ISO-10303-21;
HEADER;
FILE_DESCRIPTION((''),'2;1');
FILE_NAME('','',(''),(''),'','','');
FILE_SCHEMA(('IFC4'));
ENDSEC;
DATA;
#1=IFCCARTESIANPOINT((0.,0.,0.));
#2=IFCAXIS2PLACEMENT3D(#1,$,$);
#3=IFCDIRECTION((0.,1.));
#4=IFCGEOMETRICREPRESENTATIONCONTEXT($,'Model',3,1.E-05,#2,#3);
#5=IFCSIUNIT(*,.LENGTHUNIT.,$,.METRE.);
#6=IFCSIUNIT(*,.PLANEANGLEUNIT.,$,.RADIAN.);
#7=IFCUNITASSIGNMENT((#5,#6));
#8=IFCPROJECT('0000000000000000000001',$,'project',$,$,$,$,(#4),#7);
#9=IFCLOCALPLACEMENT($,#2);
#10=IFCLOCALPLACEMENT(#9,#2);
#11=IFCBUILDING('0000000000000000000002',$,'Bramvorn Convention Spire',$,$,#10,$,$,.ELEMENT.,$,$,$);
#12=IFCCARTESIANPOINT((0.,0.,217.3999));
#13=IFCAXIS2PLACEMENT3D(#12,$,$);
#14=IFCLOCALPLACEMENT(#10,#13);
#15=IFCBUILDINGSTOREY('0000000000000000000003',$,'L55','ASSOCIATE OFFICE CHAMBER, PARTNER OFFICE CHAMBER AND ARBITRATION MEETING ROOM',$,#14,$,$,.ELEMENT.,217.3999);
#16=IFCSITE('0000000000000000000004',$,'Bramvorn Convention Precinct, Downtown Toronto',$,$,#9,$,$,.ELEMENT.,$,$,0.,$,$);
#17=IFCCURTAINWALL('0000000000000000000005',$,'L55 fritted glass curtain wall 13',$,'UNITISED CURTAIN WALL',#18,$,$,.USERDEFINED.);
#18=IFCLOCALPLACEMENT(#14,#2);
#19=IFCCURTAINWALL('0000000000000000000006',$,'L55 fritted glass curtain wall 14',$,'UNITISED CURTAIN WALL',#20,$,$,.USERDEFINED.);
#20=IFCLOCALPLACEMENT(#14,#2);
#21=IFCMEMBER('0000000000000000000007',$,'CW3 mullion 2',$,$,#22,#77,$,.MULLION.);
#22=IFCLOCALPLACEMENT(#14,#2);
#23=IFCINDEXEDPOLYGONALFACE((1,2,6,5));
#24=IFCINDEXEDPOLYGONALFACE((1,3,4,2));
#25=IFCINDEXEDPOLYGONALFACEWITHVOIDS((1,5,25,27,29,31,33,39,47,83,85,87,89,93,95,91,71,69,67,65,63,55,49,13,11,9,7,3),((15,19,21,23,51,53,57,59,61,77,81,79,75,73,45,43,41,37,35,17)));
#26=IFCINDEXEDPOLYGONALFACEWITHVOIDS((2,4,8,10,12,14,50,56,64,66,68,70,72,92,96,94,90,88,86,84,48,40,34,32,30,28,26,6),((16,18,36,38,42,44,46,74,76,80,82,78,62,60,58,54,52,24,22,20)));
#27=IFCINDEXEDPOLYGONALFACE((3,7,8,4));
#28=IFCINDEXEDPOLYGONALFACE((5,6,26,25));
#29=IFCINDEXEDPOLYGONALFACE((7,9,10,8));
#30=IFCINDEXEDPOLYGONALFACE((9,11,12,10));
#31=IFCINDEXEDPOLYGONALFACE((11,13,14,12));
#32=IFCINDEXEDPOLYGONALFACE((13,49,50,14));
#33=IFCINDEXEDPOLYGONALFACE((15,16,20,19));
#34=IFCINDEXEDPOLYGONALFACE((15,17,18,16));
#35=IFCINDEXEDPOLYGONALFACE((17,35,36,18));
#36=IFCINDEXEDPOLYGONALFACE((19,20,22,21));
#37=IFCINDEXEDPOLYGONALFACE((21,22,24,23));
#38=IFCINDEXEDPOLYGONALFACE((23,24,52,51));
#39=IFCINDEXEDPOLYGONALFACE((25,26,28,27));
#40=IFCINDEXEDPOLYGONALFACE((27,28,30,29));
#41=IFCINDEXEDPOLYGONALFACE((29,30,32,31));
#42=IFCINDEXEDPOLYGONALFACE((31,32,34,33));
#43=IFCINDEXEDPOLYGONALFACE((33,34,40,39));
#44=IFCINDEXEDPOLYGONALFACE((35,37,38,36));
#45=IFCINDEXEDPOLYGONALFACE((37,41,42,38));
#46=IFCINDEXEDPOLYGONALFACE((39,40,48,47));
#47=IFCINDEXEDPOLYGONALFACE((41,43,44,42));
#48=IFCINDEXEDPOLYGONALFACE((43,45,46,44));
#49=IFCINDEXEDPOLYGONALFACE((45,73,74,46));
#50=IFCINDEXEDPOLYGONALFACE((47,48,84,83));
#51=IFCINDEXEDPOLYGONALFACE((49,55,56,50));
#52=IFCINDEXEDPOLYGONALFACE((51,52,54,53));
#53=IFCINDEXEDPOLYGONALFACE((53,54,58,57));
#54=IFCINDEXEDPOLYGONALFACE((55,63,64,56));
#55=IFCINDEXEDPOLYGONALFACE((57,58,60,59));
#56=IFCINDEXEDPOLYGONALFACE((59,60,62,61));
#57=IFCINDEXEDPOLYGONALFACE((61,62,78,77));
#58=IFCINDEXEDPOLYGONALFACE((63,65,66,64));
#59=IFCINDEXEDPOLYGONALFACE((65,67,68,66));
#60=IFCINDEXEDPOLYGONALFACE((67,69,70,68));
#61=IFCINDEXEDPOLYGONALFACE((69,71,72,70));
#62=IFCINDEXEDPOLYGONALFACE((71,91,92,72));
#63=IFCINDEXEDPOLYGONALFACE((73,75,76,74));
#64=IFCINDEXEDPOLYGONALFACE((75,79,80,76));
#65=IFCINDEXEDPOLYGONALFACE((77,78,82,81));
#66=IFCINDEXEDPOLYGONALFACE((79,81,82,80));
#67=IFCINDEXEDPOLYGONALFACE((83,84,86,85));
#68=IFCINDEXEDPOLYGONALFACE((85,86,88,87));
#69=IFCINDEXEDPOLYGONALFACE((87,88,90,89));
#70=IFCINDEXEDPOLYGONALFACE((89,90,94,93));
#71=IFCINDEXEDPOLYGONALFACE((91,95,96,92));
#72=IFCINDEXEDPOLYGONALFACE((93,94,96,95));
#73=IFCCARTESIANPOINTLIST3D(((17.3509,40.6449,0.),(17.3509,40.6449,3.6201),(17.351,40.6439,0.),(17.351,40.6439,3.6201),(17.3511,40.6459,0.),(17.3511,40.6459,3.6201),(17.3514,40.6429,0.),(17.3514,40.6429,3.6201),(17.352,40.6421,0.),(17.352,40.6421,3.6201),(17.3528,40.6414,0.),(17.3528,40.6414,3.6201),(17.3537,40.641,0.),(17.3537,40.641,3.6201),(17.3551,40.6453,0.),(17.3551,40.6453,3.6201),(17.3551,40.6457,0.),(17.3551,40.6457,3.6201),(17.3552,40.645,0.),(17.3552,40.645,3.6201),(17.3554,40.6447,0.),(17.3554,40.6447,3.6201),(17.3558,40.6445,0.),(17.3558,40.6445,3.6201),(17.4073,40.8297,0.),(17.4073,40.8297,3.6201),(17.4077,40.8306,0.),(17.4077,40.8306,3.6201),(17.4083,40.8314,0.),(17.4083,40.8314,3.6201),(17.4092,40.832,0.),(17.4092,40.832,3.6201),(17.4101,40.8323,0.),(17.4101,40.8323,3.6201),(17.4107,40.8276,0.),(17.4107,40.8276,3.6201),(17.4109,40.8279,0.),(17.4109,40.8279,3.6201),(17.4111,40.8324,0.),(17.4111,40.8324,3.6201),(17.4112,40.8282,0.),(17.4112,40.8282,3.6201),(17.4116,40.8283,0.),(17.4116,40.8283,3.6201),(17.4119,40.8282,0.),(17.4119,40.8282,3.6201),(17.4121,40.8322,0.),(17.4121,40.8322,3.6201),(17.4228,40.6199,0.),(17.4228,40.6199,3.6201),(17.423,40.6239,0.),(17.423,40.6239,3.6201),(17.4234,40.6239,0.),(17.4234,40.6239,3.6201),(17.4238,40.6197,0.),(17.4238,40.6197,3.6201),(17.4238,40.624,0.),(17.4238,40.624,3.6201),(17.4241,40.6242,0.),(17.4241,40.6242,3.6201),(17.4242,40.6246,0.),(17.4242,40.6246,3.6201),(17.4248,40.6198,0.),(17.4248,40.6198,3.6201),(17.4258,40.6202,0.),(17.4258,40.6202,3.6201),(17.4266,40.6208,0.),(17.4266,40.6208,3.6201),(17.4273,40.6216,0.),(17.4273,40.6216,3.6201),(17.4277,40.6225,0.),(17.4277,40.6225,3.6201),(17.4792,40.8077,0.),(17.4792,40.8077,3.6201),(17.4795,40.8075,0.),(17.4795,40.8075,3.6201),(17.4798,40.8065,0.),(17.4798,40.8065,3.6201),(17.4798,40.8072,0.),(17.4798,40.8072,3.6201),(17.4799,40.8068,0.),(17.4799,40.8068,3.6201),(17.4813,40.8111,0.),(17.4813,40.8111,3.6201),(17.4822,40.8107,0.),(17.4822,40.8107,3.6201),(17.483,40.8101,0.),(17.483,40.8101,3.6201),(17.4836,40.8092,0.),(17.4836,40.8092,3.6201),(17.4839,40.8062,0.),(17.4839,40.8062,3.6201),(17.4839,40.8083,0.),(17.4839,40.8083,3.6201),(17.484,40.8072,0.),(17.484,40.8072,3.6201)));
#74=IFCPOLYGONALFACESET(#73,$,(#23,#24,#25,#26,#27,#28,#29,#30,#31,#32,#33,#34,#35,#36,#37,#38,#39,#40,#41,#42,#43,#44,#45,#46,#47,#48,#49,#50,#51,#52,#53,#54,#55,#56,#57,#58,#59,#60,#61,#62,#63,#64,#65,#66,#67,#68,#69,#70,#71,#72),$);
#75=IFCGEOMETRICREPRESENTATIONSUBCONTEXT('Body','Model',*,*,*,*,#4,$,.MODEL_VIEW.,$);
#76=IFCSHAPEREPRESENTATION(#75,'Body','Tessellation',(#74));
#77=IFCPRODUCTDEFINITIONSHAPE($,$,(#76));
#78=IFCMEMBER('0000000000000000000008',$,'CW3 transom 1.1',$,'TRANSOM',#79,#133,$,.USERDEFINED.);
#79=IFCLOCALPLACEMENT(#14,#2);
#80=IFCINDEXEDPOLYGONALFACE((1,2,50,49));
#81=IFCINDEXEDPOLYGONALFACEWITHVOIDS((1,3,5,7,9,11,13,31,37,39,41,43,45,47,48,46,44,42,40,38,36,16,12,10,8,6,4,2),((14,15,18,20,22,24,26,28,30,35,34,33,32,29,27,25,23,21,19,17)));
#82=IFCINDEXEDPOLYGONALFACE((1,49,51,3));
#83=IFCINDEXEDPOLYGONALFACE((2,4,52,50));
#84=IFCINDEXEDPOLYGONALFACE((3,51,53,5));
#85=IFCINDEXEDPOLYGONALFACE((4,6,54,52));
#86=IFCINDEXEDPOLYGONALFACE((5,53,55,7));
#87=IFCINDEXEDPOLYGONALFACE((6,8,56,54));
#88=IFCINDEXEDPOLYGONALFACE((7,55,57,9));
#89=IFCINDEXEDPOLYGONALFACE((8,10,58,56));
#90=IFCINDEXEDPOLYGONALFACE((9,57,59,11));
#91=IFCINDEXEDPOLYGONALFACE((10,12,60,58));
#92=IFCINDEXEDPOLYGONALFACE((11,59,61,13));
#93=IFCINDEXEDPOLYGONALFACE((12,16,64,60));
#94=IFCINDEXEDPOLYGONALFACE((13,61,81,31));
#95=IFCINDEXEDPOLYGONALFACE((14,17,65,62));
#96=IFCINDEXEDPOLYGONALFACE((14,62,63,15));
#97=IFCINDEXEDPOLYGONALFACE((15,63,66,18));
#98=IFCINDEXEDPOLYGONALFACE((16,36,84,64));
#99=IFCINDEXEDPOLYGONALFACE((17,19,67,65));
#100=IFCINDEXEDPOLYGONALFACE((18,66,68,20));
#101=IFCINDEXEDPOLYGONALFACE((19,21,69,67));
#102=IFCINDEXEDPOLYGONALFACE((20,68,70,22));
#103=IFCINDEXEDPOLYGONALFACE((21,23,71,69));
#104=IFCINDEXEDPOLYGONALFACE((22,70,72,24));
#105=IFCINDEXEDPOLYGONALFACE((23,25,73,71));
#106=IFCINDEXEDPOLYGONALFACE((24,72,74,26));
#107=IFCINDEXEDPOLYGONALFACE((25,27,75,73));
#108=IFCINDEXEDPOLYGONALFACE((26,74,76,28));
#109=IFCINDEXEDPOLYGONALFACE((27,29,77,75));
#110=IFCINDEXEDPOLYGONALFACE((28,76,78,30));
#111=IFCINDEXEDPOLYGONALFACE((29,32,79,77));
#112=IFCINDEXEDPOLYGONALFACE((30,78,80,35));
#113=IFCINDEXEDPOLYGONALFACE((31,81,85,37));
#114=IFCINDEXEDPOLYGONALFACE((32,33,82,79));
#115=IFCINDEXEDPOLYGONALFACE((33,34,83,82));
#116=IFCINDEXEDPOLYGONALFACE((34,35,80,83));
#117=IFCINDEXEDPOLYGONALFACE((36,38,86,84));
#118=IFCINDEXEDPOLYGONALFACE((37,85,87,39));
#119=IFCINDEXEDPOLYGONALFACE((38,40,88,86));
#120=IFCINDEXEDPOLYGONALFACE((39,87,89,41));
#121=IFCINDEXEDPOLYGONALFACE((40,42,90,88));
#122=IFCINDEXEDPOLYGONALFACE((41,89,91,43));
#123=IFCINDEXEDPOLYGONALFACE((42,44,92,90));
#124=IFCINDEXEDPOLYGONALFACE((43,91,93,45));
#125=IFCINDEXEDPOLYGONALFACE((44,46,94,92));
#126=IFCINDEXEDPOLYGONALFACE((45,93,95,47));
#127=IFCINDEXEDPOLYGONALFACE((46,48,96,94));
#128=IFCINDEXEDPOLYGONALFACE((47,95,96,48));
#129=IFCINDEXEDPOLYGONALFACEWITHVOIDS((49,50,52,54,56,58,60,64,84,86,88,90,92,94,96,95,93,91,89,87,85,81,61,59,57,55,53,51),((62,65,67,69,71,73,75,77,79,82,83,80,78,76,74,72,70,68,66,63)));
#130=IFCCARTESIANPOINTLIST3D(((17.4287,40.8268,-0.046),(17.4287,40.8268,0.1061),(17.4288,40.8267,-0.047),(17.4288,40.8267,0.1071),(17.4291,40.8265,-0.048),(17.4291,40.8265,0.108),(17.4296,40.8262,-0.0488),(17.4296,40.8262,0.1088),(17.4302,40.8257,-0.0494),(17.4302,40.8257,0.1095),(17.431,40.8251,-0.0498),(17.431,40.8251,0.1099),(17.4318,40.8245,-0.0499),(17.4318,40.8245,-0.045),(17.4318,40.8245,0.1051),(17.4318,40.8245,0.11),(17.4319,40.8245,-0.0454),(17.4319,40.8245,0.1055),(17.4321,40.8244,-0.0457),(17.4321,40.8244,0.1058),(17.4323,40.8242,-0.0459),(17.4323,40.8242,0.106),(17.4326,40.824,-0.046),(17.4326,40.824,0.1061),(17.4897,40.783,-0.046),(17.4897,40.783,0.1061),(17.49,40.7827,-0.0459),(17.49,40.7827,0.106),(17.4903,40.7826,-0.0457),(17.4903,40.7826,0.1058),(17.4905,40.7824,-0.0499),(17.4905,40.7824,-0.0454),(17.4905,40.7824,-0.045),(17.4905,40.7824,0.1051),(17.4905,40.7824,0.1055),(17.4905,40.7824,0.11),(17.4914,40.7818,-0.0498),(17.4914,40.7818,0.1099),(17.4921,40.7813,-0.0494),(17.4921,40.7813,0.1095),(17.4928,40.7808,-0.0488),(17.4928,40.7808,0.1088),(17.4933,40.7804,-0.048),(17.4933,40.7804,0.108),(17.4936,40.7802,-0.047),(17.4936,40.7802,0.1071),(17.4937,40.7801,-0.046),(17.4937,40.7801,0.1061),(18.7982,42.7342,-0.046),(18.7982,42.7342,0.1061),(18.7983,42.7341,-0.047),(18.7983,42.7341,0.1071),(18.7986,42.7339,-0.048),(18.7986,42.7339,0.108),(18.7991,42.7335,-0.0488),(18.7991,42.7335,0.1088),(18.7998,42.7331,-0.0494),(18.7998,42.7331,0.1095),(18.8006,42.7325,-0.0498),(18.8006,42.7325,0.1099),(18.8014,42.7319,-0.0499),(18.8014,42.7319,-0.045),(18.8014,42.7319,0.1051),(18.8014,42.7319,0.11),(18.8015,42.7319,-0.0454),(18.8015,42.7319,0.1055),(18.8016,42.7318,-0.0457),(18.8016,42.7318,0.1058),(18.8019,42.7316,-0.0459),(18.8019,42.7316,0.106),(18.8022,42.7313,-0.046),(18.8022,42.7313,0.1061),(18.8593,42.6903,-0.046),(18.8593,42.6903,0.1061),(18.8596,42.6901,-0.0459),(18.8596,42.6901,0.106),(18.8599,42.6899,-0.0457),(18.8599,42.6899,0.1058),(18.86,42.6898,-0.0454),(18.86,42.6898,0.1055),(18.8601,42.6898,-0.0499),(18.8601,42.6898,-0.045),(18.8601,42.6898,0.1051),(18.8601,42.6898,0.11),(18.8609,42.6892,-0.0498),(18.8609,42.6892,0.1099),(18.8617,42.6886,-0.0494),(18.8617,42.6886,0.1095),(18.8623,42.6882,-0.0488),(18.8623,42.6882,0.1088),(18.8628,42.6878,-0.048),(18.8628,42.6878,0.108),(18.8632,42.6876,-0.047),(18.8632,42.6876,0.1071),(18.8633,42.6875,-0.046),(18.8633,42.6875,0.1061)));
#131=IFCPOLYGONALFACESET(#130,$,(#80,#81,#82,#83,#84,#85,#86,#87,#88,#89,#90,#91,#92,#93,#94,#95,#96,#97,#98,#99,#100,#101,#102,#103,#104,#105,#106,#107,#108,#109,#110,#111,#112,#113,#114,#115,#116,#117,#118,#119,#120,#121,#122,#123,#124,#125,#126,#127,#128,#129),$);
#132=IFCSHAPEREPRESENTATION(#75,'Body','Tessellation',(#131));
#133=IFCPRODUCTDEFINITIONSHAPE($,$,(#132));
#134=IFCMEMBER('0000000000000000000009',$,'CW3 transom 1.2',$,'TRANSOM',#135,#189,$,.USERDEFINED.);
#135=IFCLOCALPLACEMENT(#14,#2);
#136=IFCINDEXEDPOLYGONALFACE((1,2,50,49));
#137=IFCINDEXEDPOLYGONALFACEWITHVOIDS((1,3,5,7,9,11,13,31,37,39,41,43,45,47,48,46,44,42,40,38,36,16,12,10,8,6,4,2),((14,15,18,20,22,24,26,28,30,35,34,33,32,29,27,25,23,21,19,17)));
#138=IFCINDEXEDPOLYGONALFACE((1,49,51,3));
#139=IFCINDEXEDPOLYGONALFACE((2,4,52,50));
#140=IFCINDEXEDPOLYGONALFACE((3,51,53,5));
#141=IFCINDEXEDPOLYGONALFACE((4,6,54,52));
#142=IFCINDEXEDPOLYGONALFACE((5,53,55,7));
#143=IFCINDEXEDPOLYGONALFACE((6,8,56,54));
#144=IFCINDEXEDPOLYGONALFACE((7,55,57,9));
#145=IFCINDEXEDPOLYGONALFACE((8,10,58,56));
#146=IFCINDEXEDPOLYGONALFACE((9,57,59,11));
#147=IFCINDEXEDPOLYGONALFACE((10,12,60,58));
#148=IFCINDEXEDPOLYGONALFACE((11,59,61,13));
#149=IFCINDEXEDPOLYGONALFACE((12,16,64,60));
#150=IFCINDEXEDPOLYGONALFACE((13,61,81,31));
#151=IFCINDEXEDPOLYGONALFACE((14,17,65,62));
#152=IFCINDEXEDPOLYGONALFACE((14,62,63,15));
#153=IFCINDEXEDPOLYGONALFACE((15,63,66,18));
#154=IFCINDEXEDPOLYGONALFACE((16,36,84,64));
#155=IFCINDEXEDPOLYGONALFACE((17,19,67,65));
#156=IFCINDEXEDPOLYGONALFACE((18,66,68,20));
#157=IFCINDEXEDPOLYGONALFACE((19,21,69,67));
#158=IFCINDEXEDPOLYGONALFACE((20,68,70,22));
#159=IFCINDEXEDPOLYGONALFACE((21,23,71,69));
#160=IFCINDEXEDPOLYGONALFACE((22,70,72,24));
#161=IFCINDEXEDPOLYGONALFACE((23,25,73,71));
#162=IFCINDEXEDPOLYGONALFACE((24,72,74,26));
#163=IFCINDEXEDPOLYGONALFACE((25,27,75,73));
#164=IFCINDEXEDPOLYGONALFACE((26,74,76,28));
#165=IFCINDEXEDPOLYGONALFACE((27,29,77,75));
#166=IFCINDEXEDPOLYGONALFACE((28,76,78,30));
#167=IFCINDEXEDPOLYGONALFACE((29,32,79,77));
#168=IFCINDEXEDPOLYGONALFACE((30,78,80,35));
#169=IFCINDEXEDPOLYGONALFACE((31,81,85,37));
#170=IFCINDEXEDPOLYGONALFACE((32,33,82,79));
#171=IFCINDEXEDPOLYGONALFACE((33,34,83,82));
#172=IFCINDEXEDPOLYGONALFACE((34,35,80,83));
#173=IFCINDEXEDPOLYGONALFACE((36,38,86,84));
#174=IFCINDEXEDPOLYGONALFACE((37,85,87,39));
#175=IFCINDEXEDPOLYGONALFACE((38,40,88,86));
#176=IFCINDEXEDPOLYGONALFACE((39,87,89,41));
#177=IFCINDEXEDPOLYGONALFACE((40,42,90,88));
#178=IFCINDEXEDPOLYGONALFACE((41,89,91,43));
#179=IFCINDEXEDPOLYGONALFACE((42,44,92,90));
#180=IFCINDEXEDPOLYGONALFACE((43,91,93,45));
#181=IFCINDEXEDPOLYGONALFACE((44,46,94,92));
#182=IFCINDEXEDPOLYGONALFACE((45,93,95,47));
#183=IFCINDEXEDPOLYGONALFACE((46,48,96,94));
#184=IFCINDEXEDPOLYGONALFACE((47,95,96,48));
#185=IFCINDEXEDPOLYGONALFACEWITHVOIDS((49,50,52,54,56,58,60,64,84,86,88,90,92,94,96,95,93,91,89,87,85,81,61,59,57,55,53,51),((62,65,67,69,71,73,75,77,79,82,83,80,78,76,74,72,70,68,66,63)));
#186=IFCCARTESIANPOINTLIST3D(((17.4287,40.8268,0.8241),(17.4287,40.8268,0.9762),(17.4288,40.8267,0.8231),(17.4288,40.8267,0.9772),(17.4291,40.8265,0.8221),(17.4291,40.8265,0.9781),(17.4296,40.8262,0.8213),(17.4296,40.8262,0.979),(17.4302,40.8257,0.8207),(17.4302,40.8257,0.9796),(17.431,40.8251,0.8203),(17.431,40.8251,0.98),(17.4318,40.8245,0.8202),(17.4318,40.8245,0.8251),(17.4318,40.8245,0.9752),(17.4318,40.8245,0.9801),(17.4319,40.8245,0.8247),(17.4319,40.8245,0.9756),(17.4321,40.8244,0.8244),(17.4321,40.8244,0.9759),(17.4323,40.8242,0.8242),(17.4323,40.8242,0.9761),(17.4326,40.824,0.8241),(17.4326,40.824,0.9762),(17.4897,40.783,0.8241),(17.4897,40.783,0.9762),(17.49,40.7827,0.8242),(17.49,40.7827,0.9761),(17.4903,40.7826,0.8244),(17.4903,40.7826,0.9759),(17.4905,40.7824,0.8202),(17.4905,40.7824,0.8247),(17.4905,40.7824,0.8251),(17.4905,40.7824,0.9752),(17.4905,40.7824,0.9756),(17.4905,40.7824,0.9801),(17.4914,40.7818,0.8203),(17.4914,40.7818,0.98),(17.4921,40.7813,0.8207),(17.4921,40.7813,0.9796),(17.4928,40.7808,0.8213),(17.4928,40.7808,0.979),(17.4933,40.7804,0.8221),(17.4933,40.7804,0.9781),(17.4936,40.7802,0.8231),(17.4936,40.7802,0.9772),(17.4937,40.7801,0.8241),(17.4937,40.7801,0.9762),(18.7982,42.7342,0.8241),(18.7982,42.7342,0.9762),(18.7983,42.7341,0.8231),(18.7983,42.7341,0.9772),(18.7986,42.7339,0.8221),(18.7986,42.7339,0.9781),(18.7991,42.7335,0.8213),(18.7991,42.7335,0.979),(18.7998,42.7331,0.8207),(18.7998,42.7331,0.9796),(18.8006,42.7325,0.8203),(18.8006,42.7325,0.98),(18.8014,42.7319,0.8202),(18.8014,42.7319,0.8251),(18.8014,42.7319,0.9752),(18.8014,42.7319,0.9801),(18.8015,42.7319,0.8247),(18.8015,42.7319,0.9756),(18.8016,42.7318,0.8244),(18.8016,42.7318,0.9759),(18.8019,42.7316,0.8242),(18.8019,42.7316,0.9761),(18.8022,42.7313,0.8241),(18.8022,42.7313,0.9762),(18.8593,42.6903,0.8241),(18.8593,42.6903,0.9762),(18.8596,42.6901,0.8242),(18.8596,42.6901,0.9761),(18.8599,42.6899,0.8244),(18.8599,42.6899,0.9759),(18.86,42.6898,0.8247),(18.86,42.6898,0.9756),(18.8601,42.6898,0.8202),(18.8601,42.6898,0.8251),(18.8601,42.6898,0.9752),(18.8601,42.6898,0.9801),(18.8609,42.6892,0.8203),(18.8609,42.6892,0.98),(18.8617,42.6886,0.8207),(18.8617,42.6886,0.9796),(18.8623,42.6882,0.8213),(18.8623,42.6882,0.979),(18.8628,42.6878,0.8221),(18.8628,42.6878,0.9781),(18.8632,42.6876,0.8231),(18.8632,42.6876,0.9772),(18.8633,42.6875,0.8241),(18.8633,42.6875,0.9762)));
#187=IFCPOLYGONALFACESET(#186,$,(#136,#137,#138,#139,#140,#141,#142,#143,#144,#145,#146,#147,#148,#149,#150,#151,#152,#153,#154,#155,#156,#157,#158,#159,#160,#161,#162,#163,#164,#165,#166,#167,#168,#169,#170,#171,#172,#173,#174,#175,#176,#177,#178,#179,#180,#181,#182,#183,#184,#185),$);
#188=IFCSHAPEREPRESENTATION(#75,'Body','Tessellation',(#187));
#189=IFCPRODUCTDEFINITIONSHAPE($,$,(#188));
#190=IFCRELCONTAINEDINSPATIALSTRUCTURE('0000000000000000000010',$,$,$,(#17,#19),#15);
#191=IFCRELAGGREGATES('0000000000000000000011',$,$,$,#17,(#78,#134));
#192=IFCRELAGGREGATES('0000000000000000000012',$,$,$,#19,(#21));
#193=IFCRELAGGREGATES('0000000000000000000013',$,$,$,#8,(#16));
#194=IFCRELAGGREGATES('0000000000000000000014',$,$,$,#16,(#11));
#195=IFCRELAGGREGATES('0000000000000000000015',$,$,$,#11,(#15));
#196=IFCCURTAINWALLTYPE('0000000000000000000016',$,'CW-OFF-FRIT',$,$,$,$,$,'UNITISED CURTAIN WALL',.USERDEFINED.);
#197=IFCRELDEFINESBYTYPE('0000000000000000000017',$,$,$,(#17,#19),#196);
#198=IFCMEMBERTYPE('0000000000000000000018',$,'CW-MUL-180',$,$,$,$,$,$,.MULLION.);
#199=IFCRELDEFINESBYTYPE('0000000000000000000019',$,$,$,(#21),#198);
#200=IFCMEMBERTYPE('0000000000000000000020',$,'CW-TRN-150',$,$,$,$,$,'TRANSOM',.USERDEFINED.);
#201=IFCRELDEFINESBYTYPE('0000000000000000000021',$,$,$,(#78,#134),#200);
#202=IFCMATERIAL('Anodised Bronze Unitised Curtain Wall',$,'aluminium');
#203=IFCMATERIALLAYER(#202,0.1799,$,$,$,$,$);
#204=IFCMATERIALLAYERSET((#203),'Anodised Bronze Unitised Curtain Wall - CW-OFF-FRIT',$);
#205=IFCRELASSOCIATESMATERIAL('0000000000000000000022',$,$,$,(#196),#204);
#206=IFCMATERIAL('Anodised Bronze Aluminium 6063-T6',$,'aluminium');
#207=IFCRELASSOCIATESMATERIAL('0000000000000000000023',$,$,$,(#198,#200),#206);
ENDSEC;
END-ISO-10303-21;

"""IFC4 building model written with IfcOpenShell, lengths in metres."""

from ifc_helpers import new_model, si_unit, direction, frame, origin, origin_2d, place, context, subcontext, project, spatial, hollow_rectangle, extrude, material, layer, layer_set, material_profile, profile_set, type_object, element, aggregate, save


model = new_model("IFC4")

# Units and contexts
model_context = context("Model", 3, precision=1e-05, world=origin(), true_north=direction((0.0, 1.0)))
body_context = subcontext(model_context, "Body", "Model", "MODEL_VIEW")
ifc_project = project(units=[si_unit("LENGTHUNIT", "METRE"), si_unit("PLANEANGLEUNIT", "RADIAN")], contexts=[model_context])

# Site, building, storey
site_placement = place(None, origin())
site = spatial("IfcSite", under=ifc_project, at=site_placement, Name="Bramvorn Convention Precinct, Downtown Toronto", CompositionType="ELEMENT", RefElevation=0.0)
building_placement = place(site_placement, origin())
building = spatial("IfcBuilding", under=site, at=building_placement, Name="Bramvorn Convention Spire", CompositionType="ELEMENT")
storey_placement = place(building_placement, frame((0.0, 0.0, 217.3999)))
storey = spatial("IfcBuildingStorey", under=building, at=storey_placement, Name="L55", Description="ASSOCIATE OFFICE CHAMBER, PARTNER OFFICE CHAMBER AND ARBITRATION MEETING ROOM", CompositionType="ELEMENT", Elevation=217.3999)

# Curtain wall
ifc_material_1 = material(Name="Anodised Bronze Unitised Curtain Wall", Category="aluminium")
ifc_layer_1 = layer(ifc_material_1, 0.1799)
ifc_layer_set_1 = layer_set([ifc_layer_1], Name="Anodised Bronze Unitised Curtain Wall - CW-OFF-FRIT")
curtain_wall_type = type_object("IfcCurtainWallType", Name="CW-OFF-FRIT", ElementType="UNITISED CURTAIN WALL", PredefinedType="USERDEFINED", material=ifc_layer_set_1)
curtain_wall_1_placement = place(storey_placement, origin())
curtain_wall_1 = element("IfcCurtainWall", 1, at=curtain_wall_1_placement, inside=storey, type_object=curtain_wall_type, Name="L55 fritted glass curtain wall 13", ObjectType="UNITISED CURTAIN WALL", PredefinedType="USERDEFINED")
ifc_material_2 = material(Name="Anodised Bronze Aluminium 6063-T6", Category="aluminium")
ifc_material_profile_1 = material_profile(ifc_material_2, hollow_rectangle(XDim=0.0801, YDim=0.2, WallThickness=0.0039, InnerFilletRadius=0.001, OuterFilletRadius=0.0039, at=origin_2d()))
ifc_profile_set_1 = profile_set([ifc_material_profile_1], Name="Anodised Bronze Aluminium 6063-T6 - CWM80X200")
member_type_1 = type_object("IfcMemberType", Name="CW-MUL-180", PredefinedType="MULLION", material=ifc_profile_set_1)

# Curtain wall, member
curtain_wall_2_placement = place(storey_placement, origin())
curtain_wall_2 = element("IfcCurtainWall", 2, at=curtain_wall_2_placement, inside=storey, type_object=curtain_wall_type, Name="L55 fritted glass curtain wall 14", ObjectType="UNITISED CURTAIN WALL", PredefinedType="USERDEFINED")
member_1_placement = place(storey_placement, frame((17.4175, 40.7261, 0.0), z_axis=(0.0, 0.0, 1.0), x_axis=(-0.956325, 0.292307, 0.0)))
member_1 = element("IfcMember", 3, at=member_1_placement, type_object=member_type_1, Name="CW3 mullion 2", PredefinedType="MULLION", context=body_context, shape_type="SweptSolid", body=[
    extrude(hollow_rectangle(XDim=0.0801, YDim=0.2, WallThickness=0.0039, InnerFilletRadius=0.001, OuterFilletRadius=0.0039, at=origin_2d()), origin(), (0.0, 0.0, 1.0), 3.6201),
])

# Members
ifc_material_profile_2 = material_profile(ifc_material_2, hollow_rectangle(XDim=0.0801, YDim=0.1599, WallThickness=0.0039, InnerFilletRadius=0.001, OuterFilletRadius=0.0039, at=origin_2d()))
ifc_profile_set_2 = profile_set([ifc_material_profile_2], Name="Anodised Bronze Aluminium 6063-T6 - CWT80X160")
member_type_2 = type_object("IfcMemberType", Name="CW-TRN-150", ElementType="TRANSOM", PredefinedType="USERDEFINED", material=ifc_profile_set_2)
member_2_placement = place(storey_placement, frame((17.4612, 40.8035, 0.03), z_axis=(0.583253, 0.812291, 0.0), x_axis=(-0.812291, 0.583253, 0.0)))
member_2 = element("IfcMember", 4, at=member_2_placement, type_object=member_type_2, Name="CW3 transom 1.1", ObjectType="TRANSOM", PredefinedType="USERDEFINED", context=body_context, shape_type="SweptSolid", body=[
    extrude(hollow_rectangle(XDim=0.0801, YDim=0.1599, WallThickness=0.0039, InnerFilletRadius=0.001, OuterFilletRadius=0.0039, at=origin_2d()), origin(), (0.0, 0.0, 1.0), 2.3481),
])
member_3_placement = place(storey_placement, frame((17.4612, 40.8035, 0.9001), z_axis=(0.583253, 0.812291, 0.0), x_axis=(-0.812291, 0.583253, 0.0)))
member_3 = element("IfcMember", 5, at=member_3_placement, type_object=member_type_2, Name="CW3 transom 1.2", ObjectType="TRANSOM", PredefinedType="USERDEFINED", context=body_context, shape_type="SweptSolid", body=[
    extrude(hollow_rectangle(XDim=0.0801, YDim=0.1599, WallThickness=0.0039, InnerFilletRadius=0.001, OuterFilletRadius=0.0039, at=origin_2d()), origin(), (0.0, 0.0, 1.0), 2.3481),
])

aggregate(curtain_wall_1, [member_2, member_3])
aggregate(curtain_wall_2, [member_1])

save(model, "model.ifc")
